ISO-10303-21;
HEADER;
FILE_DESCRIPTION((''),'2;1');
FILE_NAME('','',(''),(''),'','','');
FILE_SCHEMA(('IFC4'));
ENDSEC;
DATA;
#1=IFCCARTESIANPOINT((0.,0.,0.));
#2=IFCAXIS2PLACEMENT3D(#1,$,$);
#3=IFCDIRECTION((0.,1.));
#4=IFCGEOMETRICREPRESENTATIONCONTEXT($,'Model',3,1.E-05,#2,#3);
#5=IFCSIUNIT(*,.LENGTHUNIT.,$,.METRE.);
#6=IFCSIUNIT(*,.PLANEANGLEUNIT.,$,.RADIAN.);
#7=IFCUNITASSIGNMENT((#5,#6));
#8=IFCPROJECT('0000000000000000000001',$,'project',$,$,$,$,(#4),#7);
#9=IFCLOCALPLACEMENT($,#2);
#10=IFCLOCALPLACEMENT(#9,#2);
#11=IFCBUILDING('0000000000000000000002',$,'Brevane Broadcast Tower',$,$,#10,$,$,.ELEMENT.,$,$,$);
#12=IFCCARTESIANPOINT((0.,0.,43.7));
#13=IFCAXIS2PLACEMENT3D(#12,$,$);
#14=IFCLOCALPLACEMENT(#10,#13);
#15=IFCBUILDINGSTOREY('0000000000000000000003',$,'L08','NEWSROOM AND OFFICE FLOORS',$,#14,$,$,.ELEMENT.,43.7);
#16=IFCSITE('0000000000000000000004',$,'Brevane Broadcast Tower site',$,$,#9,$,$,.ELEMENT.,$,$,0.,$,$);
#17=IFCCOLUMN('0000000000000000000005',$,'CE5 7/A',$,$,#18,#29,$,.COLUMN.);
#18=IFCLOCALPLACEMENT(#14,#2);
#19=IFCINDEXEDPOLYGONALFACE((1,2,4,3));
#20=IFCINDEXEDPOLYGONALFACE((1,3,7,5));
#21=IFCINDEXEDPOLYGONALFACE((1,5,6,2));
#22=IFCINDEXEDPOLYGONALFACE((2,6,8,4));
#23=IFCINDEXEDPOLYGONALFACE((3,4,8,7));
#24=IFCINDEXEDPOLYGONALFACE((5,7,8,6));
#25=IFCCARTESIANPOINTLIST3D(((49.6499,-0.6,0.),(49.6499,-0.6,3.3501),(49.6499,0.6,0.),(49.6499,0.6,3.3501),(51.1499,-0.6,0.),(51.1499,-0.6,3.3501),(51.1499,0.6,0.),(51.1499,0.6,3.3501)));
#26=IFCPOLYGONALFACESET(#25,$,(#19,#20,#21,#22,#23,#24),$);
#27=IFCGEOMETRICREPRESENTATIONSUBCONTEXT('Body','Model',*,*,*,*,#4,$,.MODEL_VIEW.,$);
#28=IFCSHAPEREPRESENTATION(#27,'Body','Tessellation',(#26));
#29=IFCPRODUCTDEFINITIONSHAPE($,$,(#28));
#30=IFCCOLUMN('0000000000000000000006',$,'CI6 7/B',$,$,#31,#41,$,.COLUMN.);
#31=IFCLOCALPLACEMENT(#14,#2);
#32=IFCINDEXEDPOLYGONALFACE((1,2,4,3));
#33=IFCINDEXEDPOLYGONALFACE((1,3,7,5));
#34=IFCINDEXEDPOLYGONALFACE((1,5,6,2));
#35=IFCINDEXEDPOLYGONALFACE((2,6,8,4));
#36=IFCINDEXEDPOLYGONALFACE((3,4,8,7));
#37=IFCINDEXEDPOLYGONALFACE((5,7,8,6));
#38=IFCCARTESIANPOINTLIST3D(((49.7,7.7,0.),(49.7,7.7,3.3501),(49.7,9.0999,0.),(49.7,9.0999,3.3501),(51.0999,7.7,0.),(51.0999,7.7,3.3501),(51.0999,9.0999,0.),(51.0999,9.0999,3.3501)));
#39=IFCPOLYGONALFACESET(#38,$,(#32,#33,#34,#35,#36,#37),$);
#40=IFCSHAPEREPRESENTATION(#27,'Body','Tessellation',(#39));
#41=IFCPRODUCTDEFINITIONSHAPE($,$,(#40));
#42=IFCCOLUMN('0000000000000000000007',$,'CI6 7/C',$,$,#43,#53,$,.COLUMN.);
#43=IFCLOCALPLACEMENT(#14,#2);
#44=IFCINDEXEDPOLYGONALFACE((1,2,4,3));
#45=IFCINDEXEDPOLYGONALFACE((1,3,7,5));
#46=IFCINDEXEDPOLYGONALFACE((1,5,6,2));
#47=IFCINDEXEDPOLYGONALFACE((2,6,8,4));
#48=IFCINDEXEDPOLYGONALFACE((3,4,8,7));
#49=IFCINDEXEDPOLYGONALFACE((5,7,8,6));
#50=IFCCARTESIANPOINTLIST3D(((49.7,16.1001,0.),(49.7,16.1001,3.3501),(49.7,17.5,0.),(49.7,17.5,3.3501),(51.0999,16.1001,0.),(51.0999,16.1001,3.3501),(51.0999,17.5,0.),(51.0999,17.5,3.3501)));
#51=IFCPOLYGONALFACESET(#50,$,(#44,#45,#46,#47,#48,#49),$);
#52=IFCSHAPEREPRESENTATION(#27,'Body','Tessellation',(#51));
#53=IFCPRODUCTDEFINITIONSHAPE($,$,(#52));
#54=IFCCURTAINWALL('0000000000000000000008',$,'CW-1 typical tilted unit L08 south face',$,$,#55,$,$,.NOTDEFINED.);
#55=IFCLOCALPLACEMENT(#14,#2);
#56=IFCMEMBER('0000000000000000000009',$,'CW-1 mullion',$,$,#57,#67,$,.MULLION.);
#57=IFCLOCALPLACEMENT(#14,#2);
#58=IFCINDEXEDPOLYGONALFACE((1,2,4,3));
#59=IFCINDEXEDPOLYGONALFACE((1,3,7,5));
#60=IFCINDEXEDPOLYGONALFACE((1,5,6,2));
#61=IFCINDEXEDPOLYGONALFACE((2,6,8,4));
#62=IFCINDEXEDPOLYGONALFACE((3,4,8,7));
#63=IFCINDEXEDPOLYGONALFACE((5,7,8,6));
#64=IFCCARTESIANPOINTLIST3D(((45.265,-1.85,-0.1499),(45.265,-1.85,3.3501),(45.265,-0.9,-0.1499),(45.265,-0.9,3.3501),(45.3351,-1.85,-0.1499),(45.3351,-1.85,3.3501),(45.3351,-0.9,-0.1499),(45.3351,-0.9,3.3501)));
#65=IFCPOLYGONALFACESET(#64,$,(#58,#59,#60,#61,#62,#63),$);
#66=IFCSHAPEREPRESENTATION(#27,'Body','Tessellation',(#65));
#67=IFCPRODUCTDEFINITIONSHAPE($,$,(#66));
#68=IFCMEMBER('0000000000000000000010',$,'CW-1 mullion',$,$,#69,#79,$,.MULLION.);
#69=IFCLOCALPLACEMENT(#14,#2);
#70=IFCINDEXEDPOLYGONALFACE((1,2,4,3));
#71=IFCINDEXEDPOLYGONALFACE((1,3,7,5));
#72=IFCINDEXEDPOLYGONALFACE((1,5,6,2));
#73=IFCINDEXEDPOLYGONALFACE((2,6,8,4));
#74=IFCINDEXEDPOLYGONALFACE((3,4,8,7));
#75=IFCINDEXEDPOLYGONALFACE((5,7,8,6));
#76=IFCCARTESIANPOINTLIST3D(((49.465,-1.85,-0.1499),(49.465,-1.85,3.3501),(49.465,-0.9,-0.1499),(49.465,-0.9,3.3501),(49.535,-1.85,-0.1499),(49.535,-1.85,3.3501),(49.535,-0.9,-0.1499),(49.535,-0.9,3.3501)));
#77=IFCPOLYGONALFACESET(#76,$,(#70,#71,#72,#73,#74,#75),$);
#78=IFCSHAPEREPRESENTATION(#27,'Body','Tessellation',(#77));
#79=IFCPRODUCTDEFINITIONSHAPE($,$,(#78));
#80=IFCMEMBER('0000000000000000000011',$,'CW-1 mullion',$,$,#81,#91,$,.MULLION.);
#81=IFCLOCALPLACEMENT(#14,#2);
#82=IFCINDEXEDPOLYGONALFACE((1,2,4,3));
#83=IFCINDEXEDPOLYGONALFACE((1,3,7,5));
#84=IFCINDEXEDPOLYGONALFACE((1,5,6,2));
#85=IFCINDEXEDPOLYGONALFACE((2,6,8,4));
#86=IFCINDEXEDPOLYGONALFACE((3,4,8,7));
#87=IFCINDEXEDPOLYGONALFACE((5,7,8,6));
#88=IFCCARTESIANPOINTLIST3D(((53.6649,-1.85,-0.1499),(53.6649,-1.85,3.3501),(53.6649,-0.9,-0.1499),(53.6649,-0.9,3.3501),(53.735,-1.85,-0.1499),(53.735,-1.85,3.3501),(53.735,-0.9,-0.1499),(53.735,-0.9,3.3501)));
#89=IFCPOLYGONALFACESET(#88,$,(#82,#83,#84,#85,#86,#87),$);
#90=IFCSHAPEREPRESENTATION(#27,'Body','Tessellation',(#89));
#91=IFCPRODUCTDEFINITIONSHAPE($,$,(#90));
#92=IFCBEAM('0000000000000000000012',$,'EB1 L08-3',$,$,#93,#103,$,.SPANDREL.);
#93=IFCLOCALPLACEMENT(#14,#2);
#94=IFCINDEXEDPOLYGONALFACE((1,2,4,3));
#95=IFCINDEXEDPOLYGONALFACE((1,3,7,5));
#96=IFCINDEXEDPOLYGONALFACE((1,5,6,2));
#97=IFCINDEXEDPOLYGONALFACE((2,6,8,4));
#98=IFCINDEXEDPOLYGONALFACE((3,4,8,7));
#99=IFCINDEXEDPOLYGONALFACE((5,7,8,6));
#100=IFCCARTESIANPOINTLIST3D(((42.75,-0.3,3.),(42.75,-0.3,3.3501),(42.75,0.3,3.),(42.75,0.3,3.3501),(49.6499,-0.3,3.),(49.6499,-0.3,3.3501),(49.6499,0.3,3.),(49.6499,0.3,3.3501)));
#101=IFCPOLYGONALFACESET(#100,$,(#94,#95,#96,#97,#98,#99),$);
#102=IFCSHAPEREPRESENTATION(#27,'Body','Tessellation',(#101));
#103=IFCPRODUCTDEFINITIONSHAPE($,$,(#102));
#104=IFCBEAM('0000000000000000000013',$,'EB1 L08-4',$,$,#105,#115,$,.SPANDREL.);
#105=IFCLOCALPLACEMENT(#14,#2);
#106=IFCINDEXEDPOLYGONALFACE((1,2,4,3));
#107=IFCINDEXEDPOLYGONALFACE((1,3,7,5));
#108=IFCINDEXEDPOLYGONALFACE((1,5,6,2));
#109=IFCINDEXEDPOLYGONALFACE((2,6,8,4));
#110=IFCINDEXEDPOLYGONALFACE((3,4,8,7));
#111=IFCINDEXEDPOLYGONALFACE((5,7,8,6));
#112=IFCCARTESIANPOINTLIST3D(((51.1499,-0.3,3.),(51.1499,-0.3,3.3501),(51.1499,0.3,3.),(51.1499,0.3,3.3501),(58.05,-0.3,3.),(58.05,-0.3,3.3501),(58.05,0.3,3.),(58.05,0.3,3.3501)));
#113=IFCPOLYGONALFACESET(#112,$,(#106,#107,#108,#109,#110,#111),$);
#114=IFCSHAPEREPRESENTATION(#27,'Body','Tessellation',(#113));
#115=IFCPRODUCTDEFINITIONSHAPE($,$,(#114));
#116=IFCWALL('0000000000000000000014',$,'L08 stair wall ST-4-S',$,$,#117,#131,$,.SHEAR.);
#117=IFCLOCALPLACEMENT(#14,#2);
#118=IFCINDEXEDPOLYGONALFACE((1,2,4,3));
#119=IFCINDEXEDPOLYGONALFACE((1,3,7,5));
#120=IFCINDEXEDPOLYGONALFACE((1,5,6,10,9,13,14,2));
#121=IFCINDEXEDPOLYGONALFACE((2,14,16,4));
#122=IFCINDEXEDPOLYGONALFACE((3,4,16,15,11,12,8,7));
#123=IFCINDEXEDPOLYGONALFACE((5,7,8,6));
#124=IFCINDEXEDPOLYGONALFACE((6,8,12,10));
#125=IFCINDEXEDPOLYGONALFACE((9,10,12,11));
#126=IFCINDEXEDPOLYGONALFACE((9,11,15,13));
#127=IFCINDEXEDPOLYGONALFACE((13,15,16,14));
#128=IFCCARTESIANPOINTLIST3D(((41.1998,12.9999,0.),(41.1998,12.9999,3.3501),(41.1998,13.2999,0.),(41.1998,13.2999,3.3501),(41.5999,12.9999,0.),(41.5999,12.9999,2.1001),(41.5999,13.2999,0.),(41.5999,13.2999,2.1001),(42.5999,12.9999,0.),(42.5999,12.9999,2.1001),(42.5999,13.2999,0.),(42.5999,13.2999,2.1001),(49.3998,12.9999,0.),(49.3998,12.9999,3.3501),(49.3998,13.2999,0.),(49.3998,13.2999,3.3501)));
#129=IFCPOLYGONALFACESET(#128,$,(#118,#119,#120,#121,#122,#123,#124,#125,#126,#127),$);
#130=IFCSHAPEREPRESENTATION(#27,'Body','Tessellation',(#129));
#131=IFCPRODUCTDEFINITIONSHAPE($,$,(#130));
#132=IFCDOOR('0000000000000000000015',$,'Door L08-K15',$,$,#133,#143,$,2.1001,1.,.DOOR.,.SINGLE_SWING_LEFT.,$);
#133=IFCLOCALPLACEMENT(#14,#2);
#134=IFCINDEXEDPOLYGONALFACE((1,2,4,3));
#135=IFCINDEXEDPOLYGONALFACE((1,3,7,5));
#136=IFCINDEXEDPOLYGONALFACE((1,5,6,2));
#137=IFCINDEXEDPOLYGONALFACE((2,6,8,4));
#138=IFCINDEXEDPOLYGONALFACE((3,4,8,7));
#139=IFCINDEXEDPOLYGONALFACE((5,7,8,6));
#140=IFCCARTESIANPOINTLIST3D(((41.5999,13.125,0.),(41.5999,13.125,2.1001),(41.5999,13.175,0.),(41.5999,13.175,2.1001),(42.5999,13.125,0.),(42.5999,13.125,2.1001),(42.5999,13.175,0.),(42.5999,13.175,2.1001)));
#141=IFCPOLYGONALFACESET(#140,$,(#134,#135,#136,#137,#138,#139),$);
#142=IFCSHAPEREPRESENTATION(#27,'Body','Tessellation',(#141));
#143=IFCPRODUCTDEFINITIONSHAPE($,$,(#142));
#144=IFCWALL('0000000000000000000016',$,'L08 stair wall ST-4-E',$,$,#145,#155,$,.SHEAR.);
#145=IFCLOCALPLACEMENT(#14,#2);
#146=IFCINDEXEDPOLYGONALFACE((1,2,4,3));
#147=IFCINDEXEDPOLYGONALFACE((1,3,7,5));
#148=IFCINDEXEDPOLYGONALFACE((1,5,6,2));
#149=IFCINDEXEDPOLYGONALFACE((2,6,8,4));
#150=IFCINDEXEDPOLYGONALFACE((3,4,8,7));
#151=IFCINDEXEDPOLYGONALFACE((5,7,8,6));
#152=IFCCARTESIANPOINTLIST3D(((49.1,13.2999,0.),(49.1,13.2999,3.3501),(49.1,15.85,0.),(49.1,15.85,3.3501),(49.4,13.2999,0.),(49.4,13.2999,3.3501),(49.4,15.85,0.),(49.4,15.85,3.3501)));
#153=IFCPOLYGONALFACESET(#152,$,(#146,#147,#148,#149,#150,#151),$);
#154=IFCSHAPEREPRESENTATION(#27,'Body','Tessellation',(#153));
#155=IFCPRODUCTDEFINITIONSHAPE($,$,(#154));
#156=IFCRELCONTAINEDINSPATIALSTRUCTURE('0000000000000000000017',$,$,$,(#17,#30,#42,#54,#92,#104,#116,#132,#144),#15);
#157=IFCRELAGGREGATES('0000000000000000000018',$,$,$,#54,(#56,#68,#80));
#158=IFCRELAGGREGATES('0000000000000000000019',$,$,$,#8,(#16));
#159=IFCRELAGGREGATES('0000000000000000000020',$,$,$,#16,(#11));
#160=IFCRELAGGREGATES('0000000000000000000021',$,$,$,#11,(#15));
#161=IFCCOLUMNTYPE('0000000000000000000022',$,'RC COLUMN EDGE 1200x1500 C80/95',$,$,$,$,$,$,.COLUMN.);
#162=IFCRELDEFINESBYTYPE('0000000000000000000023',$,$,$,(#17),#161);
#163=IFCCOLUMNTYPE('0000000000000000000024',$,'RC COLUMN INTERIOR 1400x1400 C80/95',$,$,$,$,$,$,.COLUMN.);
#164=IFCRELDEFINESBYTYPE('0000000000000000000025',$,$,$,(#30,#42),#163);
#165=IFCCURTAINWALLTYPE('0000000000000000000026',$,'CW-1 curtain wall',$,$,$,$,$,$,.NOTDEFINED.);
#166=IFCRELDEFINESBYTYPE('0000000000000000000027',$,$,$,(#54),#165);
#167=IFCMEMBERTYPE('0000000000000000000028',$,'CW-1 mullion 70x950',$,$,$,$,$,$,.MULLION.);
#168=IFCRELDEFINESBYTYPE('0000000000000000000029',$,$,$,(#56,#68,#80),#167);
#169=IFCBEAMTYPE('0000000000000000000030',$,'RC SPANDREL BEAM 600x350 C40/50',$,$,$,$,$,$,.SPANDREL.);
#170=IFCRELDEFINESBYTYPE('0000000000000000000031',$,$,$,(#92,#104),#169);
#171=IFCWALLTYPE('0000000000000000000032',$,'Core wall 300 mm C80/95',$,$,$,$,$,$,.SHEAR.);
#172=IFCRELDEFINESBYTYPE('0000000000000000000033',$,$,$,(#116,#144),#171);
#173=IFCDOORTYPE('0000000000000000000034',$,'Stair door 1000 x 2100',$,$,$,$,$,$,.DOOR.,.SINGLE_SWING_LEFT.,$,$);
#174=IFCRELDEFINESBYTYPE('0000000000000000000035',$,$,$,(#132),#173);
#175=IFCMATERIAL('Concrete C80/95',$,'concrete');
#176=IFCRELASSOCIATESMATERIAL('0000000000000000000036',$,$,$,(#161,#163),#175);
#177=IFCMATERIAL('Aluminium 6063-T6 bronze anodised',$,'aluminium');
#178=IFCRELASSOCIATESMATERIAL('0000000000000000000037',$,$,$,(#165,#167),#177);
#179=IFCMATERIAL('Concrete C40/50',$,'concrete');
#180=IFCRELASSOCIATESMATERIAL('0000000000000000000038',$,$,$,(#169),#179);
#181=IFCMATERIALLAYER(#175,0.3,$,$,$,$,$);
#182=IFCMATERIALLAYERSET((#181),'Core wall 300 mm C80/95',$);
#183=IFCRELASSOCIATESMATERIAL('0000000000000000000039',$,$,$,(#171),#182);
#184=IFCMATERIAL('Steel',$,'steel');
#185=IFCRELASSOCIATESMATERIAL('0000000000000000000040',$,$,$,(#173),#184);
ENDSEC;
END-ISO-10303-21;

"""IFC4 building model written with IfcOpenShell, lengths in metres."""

from ifc_helpers import new_model, si_unit, direction, frame, frame_2d, origin, origin_2d, place, context, subcontext, project, spatial, rectangle, extrude, material, layer, layer_set, material_profile, profile_set, type_object, element, fill, aggregate, save


model = new_model("IFC4")

# Units and contexts
model_context = context("Model", 3, precision=1e-05, world=origin(), true_north=direction((0.0, 1.0)))
body_context = subcontext(model_context, "Body", "Model", "MODEL_VIEW")
ifc_project = project(units=[si_unit("LENGTHUNIT", "METRE"), si_unit("PLANEANGLEUNIT", "RADIAN")], contexts=[model_context])

# Site, building, storey
site_placement = place(None, origin())
site = spatial("IfcSite", under=ifc_project, at=site_placement, Name="Brevane Broadcast Tower site", CompositionType="ELEMENT", RefElevation=0.0)
building_placement = place(site_placement, origin())
building = spatial("IfcBuilding", under=site, at=building_placement, Name="Brevane Broadcast Tower", CompositionType="ELEMENT")
storey_placement = place(building_placement, frame((0.0, 0.0, 43.7)))
storey = spatial("IfcBuildingStorey", under=building, at=storey_placement, Name="L08", Description="NEWSROOM AND OFFICE FLOORS", CompositionType="ELEMENT", Elevation=43.7)

# Columns
ifc_material_1 = material(Name="Concrete C80/95", Category="concrete")
ifc_material_profile_1 = material_profile(ifc_material_1, rectangle(XDim=1.2, YDim=1.5, at=origin_2d()), Name="RC 1200x1500")
ifc_profile_set_1 = profile_set([ifc_material_profile_1], Name="Concrete C80/95")
column_type_1 = type_object("IfcColumnType", Name="RC COLUMN EDGE 1200x1500 C80/95", PredefinedType="COLUMN", material=ifc_profile_set_1)
column_placement = place(storey_placement, frame((50.3999, 0.0, 0.0), z_axis=(0.0, 0.0, 1.0), x_axis=(0.0, 1.0, 0.0)))
element("IfcColumn", 1, at=column_placement, inside=storey, type_object=column_type_1, Name="CE5 7/A", PredefinedType="COLUMN", context=body_context, shape_type="SweptSolid", body=[
    extrude(rectangle(XDim=1.2, YDim=1.5, at=origin_2d()), origin(), (0.0, 0.0, 1.0), 3.3501),
])
ifc_material_profile_2 = material_profile(ifc_material_1, rectangle(XDim=1.3999, YDim=1.3999, at=origin_2d()), Name="RC 1400x1400")
ifc_profile_set_2 = profile_set([ifc_material_profile_2], Name="Concrete C80/95")
column_type_2 = type_object("IfcColumnType", Name="RC COLUMN INTERIOR 1400x1400 C80/95", PredefinedType="COLUMN", material=ifc_profile_set_2)
for number, where, z_axis, x_axis, name in (
    (2, (50.3999, 8.3999, 0.0), (0.0, 0.0, 1.0), (1.0, 0.0, 0.0), "CI6 7/B"),
    (3, (50.3999, 16.8, 0.0), (0.0, 0.0, 1.0), (1.0, 0.0, 0.0), "CI6 7/C"),
):
    element("IfcColumn", number, at=place(storey_placement, frame(where, z_axis=z_axis, x_axis=x_axis)), inside=storey, type_object=column_type_2, Name=name, PredefinedType="COLUMN", context=body_context, shape_type="SweptSolid", body=[
        extrude(rectangle(XDim=1.3999, YDim=1.3999, at=origin_2d()), origin(), (0.0, 0.0, 1.0), 3.3501),
    ])

# Curtain wall, members
ifc_material_2 = material(Name="Aluminium 6063-T6 bronze anodised", Category="aluminium")
curtain_wall_type = type_object("IfcCurtainWallType", Name="CW-1 curtain wall", PredefinedType="NOTDEFINED", material=ifc_material_2)
curtain_wall_placement = place(storey_placement, origin())
curtain_wall = element("IfcCurtainWall", 4, at=curtain_wall_placement, inside=storey, type_object=curtain_wall_type, Name="CW-1 typical tilted unit L08 south face", PredefinedType="NOTDEFINED")
ifc_material_profile_3 = material_profile(ifc_material_2, rectangle(XDim=0.95, YDim=0.0701, at=origin_2d()), Name="RECT 70x950")
ifc_profile_set_3 = profile_set([ifc_material_profile_3], Name="Aluminium 6063-T6 bronze anodised")
member_type = type_object("IfcMemberType", Name="CW-1 mullion 70x950", PredefinedType="MULLION", material=ifc_profile_set_3)
member_1_placement = place(storey_placement, frame((45.3, -1.375, -0.1499), z_axis=(0.0, 0.0, 1.0), x_axis=(0.0, 1.0, 0.0)))
member_1 = element("IfcMember", 5, at=member_1_placement, type_object=member_type, Name="CW-1 mullion", PredefinedType="MULLION", context=body_context, shape_type="SweptSolid", body=[
    extrude(rectangle(XDim=0.95, YDim=0.0701, at=origin_2d()), origin(), (0.0, 0.0, 1.0), 3.5),
])
member_2_placement = place(storey_placement, frame((49.5, -1.375, -0.1499), z_axis=(0.0, 0.0, 1.0), x_axis=(0.0, 1.0, 0.0)))
member_2 = element("IfcMember", 6, at=member_2_placement, type_object=member_type, Name="CW-1 mullion", PredefinedType="MULLION", context=body_context, shape_type="SweptSolid", body=[
    extrude(rectangle(XDim=0.95, YDim=0.0701, at=origin_2d()), origin(), (0.0, 0.0, 1.0), 3.5),
])
member_3_placement = place(storey_placement, frame((53.7, -1.375, -0.1499), z_axis=(0.0, 0.0, 1.0), x_axis=(0.0, 1.0, 0.0)))
member_3 = element("IfcMember", 7, at=member_3_placement, type_object=member_type, Name="CW-1 mullion", PredefinedType="MULLION", context=body_context, shape_type="SweptSolid", body=[
    extrude(rectangle(XDim=0.95, YDim=0.0701, at=origin_2d()), origin(), (0.0, 0.0, 1.0), 3.5),
])
aggregate(curtain_wall, [member_1, member_2, member_3])

# Beams
ifc_material_3 = material(Name="Concrete C40/50", Category="concrete")
ifc_material_profile_4 = material_profile(ifc_material_3, rectangle(XDim=0.6001, YDim=0.3501, at=origin_2d()), Name="RC 600x350")
ifc_profile_set_4 = profile_set([ifc_material_profile_4], Name="Concrete C40/50")
beam_type = type_object("IfcBeamType", Name="RC SPANDREL BEAM 600x350 C40/50", PredefinedType="SPANDREL", material=ifc_profile_set_4)
beam_1_placement = place(storey_placement, frame((42.75, 0.0, 3.175), z_axis=(1.0, 0.0, 0.0), x_axis=(0.0, 1.0, 0.0)))
element("IfcBeam", 8, at=beam_1_placement, inside=storey, type_object=beam_type, Name="EB1 L08-3", PredefinedType="SPANDREL", context=body_context, shape_type="SweptSolid", body=[
    extrude(rectangle(XDim=0.6001, YDim=0.3501, at=origin_2d()), origin(), (0.0, 0.0, 1.0), 6.8999),
])
beam_2_placement = place(storey_placement, frame((51.1499, 0.0, 3.175), z_axis=(1.0, 0.0, 0.0), x_axis=(0.0, 1.0, 0.0)))
element("IfcBeam", 9, at=beam_2_placement, inside=storey, type_object=beam_type, Name="EB1 L08-4", PredefinedType="SPANDREL", context=body_context, shape_type="SweptSolid", body=[
    extrude(rectangle(XDim=0.6001, YDim=0.3501, at=origin_2d()), origin(), (0.0, 0.0, 1.0), 6.9001),
])

# Wall, opening, door
ifc_layer_1 = layer(ifc_material_1, 0.3)
ifc_layer_set_1 = layer_set([ifc_layer_1], Name="Core wall 300 mm C80/95")
wall_type_1 = type_object("IfcWallType", Name="Core wall 300 mm C80/95", PredefinedType="SHEAR", material=ifc_layer_set_1)
wall_1_placement = place(storey_placement, frame((49.3999, 13.1499, 0.0), z_axis=(0.0, 0.0, 1.0), x_axis=(-1.0, 0.0, 0.0)))
wall_1 = element("IfcWall", 10, at=wall_1_placement, inside=storey, type_object=wall_type_1, Name="L08 stair wall ST-4-S", PredefinedType="SHEAR", context=body_context, shape_type="SweptSolid", body=[
    extrude(rectangle(XDim=8.2, YDim=0.3, at=frame_2d((4.1001, 0.0))), origin(), (0.0, 0.0, 1.0), 3.3501),
])
opening_1_placement = place(wall_1_placement, frame((6.8, 0.0, 0.0)))
opening_1 = element("IfcOpeningElement", 11, at=opening_1_placement, cuts=wall_1, PredefinedType="OPENING", context=body_context, shape_type="SweptSolid", body=[
    extrude(rectangle(XDim=1.0, YDim=2.1001, at=frame_2d((0.5, 1.05))), frame((0.0, 0.1599, 0.0), z_axis=(0.0, -1.0, 0.0), x_axis=(1.0, 0.0, 0.0)), (0.0, 0.0, 1.0), 0.3201),
])
ifc_material_4 = material(Name="Steel", Category="steel")
door_type_1 = type_object("IfcDoorType", Name="Stair door 1000 x 2100", OperationType="SINGLE_SWING_LEFT", PredefinedType="DOOR", material=ifc_material_4)
door_1_placement = place(opening_1_placement, origin())
door_1 = element("IfcDoor", 12, at=door_1_placement, inside=storey, type_object=door_type_1, Name="Door L08-K15", OperationType="SINGLE_SWING_LEFT", OverallHeight=2.1001, OverallWidth=1.0, PredefinedType="DOOR", context=body_context, shape_type="SweptSolid", body=[
    extrude(rectangle(XDim=1.0, YDim=2.1001, at=frame_2d((0.5, 1.05))), frame((0.0, 0.0249, 0.0), z_axis=(0.0, -1.0, 0.0), x_axis=(1.0, 0.0, 0.0)), (0.0, 0.0, 1.0), 0.05),
])
fill(opening_1, door_1)

# Wall
wall_2_placement = place(storey_placement, frame((49.25, 13.3, 0.0), z_axis=(0.0, 0.0, 1.0), x_axis=(0.0, 1.0, 0.0)))
element("IfcWall", 13, at=wall_2_placement, inside=storey, type_object=wall_type_1, Name="L08 stair wall ST-4-E", PredefinedType="SHEAR", context=body_context, shape_type="SweptSolid", body=[
    extrude(rectangle(XDim=2.55, YDim=0.3, at=frame_2d((1.2749, 0.0))), origin(), (0.0, 0.0, 1.0), 3.3501),
])

save(model, "model.ifc")
